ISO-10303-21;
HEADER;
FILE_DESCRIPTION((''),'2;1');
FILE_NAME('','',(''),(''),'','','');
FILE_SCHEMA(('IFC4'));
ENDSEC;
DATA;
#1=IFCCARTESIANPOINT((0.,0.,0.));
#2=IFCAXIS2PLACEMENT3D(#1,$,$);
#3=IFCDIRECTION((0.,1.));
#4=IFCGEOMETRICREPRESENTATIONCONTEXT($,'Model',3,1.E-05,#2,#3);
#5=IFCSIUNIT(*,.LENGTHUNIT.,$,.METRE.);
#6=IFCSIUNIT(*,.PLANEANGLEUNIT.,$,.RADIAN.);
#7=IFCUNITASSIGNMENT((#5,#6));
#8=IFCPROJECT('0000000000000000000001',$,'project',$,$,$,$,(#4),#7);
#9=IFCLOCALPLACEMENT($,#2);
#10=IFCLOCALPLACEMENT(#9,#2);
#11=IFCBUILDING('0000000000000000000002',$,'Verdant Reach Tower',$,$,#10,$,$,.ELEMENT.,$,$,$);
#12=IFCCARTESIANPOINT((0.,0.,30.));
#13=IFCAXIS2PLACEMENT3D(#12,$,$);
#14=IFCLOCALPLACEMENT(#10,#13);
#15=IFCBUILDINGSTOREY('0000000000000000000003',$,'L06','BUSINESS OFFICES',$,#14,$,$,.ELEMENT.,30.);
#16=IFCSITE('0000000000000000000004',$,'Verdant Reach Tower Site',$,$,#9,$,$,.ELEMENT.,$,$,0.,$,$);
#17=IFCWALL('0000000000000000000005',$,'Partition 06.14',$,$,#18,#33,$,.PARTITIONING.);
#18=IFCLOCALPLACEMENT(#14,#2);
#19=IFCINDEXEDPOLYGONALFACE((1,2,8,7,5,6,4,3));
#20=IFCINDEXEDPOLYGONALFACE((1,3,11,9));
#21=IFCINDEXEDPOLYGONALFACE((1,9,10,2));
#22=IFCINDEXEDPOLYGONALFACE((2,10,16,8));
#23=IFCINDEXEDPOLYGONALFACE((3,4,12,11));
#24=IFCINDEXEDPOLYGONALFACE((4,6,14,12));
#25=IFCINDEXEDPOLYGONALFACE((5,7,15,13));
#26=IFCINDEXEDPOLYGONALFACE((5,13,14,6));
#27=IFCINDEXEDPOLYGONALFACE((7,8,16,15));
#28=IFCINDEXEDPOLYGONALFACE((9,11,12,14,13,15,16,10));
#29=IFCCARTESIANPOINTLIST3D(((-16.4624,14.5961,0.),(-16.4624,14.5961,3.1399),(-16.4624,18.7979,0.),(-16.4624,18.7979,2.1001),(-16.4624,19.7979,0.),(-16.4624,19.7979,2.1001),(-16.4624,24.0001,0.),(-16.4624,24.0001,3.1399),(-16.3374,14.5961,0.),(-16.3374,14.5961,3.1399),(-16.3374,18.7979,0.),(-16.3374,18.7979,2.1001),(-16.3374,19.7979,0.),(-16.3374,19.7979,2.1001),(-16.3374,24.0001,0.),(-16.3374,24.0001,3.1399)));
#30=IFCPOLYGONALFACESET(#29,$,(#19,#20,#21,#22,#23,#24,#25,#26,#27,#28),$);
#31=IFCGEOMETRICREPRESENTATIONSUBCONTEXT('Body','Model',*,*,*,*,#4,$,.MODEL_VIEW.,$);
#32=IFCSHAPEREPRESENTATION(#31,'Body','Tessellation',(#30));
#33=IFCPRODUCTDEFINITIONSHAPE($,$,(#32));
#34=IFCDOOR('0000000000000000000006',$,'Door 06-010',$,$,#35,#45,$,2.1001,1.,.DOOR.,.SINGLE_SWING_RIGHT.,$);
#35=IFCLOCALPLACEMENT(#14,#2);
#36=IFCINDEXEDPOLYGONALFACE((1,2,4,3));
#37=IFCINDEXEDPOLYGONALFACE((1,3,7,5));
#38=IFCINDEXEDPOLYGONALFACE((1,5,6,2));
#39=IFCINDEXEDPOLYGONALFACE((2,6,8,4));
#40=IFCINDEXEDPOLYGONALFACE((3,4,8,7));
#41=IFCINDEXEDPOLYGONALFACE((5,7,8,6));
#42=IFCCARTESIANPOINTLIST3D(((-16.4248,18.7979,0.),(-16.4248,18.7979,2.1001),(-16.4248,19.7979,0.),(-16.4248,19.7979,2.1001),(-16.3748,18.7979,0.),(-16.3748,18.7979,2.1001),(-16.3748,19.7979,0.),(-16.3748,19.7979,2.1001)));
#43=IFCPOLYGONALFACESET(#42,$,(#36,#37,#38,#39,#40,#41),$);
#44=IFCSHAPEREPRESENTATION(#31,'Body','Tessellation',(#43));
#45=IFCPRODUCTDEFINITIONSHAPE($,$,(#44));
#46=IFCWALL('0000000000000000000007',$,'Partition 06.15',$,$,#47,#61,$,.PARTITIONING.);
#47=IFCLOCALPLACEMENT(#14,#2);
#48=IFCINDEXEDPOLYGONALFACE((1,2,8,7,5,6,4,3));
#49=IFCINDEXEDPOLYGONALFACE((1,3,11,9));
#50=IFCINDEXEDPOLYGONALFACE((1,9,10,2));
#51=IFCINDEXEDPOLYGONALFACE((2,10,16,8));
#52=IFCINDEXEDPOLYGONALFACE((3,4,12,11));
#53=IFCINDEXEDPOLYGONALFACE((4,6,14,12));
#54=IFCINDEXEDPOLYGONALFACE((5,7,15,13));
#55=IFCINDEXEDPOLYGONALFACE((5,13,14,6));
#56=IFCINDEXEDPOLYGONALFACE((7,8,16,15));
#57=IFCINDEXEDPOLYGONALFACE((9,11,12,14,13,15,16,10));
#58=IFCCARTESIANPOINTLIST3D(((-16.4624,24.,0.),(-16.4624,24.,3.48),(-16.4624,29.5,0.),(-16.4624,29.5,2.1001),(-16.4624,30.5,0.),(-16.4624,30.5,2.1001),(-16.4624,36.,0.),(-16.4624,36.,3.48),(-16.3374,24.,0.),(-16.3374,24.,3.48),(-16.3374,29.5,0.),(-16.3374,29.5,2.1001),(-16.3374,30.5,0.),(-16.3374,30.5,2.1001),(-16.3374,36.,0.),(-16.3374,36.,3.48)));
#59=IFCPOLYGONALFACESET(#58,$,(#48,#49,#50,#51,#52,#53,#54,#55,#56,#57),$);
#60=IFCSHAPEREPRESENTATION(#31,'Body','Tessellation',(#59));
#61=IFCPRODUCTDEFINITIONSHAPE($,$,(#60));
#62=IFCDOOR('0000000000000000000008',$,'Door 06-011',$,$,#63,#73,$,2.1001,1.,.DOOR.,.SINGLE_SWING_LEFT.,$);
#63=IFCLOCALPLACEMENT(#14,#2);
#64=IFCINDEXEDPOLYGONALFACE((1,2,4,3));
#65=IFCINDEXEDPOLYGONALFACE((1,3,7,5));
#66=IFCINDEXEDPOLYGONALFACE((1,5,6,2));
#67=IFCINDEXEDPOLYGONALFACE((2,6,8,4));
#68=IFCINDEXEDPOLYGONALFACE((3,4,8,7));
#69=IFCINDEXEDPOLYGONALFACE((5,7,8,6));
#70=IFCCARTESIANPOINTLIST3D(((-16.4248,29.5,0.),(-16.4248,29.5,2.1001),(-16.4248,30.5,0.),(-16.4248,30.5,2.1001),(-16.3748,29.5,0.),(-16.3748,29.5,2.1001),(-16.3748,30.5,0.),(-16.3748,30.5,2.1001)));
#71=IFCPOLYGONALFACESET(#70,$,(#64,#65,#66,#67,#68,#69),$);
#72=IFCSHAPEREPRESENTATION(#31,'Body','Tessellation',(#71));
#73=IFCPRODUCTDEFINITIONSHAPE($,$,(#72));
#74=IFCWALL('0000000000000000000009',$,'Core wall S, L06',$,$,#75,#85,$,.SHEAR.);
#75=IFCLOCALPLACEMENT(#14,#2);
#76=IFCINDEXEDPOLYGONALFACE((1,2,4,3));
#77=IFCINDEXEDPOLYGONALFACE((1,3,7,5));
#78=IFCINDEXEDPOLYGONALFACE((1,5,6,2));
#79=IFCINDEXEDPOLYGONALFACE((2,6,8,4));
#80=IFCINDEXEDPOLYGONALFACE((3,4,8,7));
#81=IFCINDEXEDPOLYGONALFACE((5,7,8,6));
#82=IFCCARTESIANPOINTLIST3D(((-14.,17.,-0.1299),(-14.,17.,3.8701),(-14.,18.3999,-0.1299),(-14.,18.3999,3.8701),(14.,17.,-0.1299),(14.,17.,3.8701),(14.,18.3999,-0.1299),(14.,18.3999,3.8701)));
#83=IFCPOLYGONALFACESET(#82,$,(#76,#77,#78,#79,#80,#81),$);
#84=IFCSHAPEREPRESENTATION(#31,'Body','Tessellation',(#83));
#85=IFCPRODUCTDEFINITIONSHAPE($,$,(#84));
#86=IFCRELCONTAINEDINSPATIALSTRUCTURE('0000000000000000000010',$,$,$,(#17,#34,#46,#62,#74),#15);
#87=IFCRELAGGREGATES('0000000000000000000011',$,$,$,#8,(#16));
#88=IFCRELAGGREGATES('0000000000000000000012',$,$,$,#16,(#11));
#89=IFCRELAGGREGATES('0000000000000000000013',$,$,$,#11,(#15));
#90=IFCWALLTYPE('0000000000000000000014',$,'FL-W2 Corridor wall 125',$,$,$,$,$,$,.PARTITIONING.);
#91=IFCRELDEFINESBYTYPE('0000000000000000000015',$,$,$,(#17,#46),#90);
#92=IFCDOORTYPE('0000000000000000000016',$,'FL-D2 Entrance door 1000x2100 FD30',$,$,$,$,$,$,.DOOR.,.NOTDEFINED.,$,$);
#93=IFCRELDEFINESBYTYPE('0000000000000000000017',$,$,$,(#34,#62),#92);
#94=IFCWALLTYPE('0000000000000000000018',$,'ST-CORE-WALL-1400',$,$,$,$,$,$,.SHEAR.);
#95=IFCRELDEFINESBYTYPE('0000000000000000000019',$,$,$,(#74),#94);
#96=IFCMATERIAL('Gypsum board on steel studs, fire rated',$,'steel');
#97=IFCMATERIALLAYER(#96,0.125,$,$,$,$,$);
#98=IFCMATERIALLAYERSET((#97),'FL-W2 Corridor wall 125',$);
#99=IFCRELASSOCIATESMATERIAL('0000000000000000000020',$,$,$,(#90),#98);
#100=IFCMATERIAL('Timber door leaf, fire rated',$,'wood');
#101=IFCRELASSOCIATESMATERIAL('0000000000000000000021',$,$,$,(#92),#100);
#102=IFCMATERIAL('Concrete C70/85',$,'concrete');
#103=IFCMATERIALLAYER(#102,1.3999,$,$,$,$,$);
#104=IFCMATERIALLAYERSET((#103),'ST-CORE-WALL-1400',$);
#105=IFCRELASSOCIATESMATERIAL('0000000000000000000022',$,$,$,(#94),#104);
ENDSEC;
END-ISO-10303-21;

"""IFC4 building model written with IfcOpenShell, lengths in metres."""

from ifc_helpers import new_model, si_unit, direction, frame, frame_2d, origin, place, context, subcontext, project, spatial, rectangle, extrude, material, layer, layer_set, type_object, element, fill, save


model = new_model("IFC4")

# Units and contexts
model_context = context("Model", 3, precision=1e-05, world=origin(), true_north=direction((0.0, 1.0)))
body_context = subcontext(model_context, "Body", "Model", "MODEL_VIEW")
ifc_project = project(units=[si_unit("LENGTHUNIT", "METRE"), si_unit("PLANEANGLEUNIT", "RADIAN")], contexts=[model_context])

# Site, building, storey
site_placement = place(None, origin())
site = spatial("IfcSite", under=ifc_project, at=site_placement, Name="Verdant Reach Tower Site", CompositionType="ELEMENT", RefElevation=0.0)
building_placement = place(site_placement, origin())
building = spatial("IfcBuilding", under=site, at=building_placement, Name="Verdant Reach Tower", CompositionType="ELEMENT")
storey_placement = place(building_placement, frame((0.0, 0.0, 30.0)))
storey = spatial("IfcBuildingStorey", under=building, at=storey_placement, Name="L06", Description="BUSINESS OFFICES", CompositionType="ELEMENT", Elevation=30.0)

# Walls, openings, doors
ifc_material_1 = material(Name="Gypsum board on steel studs, fire rated", Category="steel")
ifc_layer_1 = layer(ifc_material_1, 0.125)
ifc_layer_set_1 = layer_set([ifc_layer_1], Name="FL-W2 Corridor wall 125")
wall_type_1 = type_object("IfcWallType", Name="FL-W2 Corridor wall 125", PredefinedType="PARTITIONING", material=ifc_layer_set_1)
wall_1_placement = place(storey_placement, frame((-16.3999, 14.5959, 0.0), z_axis=(0.0, 0.0, 1.0), x_axis=(0.0, 1.0, 0.0)))
wall_1 = element("IfcWall", 1, at=wall_1_placement, inside=storey, type_object=wall_type_1, Name="Partition 06.14", PredefinedType="PARTITIONING", context=body_context, shape_type="SweptSolid", body=[
    extrude(rectangle(XDim=9.4041, YDim=0.125, at=frame_2d((4.7021, 0.0))), origin(), (0.0, 0.0, 1.0), 3.1399),
])
opening_1_placement = place(wall_1_placement, frame((4.2019, 0.0, 0.0)))
opening_1 = element("IfcOpeningElement", 2, at=opening_1_placement, cuts=wall_1, PredefinedType="OPENING", context=body_context, shape_type="SweptSolid", body=[
    extrude(rectangle(XDim=1.0, YDim=2.1001, at=frame_2d((0.5, 1.05))), frame((0.0, 0.0725, 0.0), z_axis=(0.0, -1.0, 0.0), x_axis=(1.0, 0.0, 0.0)), (0.0, 0.0, 1.0), 0.145),
])
ifc_material_2 = material(Name="Timber door leaf, fire rated", Category="wood")
door_type = type_object("IfcDoorType", Name="FL-D2 Entrance door 1000x2100 FD30", OperationType="NOTDEFINED", PredefinedType="DOOR", material=ifc_material_2)
door_1_placement = place(opening_1_placement, origin())
door_1 = element("IfcDoor", 3, at=door_1_placement, inside=storey, type_object=door_type, Name="Door 06-010", OperationType="SINGLE_SWING_RIGHT", OverallHeight=2.1001, OverallWidth=1.0, PredefinedType="DOOR", context=body_context, shape_type="SweptSolid", body=[
    extrude(rectangle(XDim=1.0, YDim=2.1001, at=frame_2d((0.5, 1.05))), frame((0.0, 0.0249, 0.0), z_axis=(0.0, -1.0, 0.0), x_axis=(1.0, 0.0, 0.0)), (0.0, 0.0, 1.0), 0.05),
])
fill(opening_1, door_1)
wall_2_placement = place(storey_placement, frame((-16.3999, 24.0, 0.0), z_axis=(0.0, 0.0, 1.0), x_axis=(0.0, 1.0, 0.0)))
wall_2 = element("IfcWall", 4, at=wall_2_placement, inside=storey, type_object=wall_type_1, Name="Partition 06.15", PredefinedType="PARTITIONING", context=body_context, shape_type="SweptSolid", body=[
    extrude(rectangle(XDim=12.0, YDim=0.125, at=frame_2d((6.0, 0.0))), origin(), (0.0, 0.0, 1.0), 3.48),
])
opening_2_placement = place(wall_2_placement, frame((5.5, 0.0, 0.0)))
opening_2 = element("IfcOpeningElement", 5, at=opening_2_placement, cuts=wall_2, PredefinedType="OPENING", context=body_context, shape_type="SweptSolid", body=[
    extrude(rectangle(XDim=1.0, YDim=2.1001, at=frame_2d((0.5, 1.05))), frame((0.0, 0.0725, 0.0), z_axis=(0.0, -1.0, 0.0), x_axis=(1.0, 0.0, 0.0)), (0.0, 0.0, 1.0), 0.145),
])
door_2_placement = place(opening_2_placement, origin())
door_2 = element("IfcDoor", 6, at=door_2_placement, inside=storey, type_object=door_type, Name="Door 06-011", OperationType="SINGLE_SWING_LEFT", OverallHeight=2.1001, OverallWidth=1.0, PredefinedType="DOOR", context=body_context, shape_type="SweptSolid", body=[
    extrude(rectangle(XDim=1.0, YDim=2.1001, at=frame_2d((0.5, 1.05))), frame((0.0, 0.0249, 0.0), z_axis=(0.0, -1.0, 0.0), x_axis=(1.0, 0.0, 0.0)), (0.0, 0.0, 1.0), 0.05),
])
fill(opening_2, door_2)

# Wall
ifc_material_3 = material(Name="Concrete C70/85", Category="concrete")
ifc_layer_2 = layer(ifc_material_3, 1.3999)
ifc_layer_set_2 = layer_set([ifc_layer_2], Name="ST-CORE-WALL-1400")
wall_type_2 = type_object("IfcWallType", Name="ST-CORE-WALL-1400", PredefinedType="SHEAR", material=ifc_layer_set_2)
wall_3_placement = place(storey_placement, frame((-14.0, 17.7, -0.1299), z_axis=(0.0, 0.0, 1.0), x_axis=(1.0, 0.0, 0.0)))
element("IfcWall", 7, at=wall_3_placement, inside=storey, type_object=wall_type_2, Name="Core wall S, L06", PredefinedType="SHEAR", context=body_context, shape_type="SweptSolid", body=[
    extrude(rectangle(XDim=28.0, YDim=1.3999, at=frame_2d((14.0, 0.0))), origin(), (0.0, 0.0, 1.0), 4.0),
])

save(model, "model.ifc")
